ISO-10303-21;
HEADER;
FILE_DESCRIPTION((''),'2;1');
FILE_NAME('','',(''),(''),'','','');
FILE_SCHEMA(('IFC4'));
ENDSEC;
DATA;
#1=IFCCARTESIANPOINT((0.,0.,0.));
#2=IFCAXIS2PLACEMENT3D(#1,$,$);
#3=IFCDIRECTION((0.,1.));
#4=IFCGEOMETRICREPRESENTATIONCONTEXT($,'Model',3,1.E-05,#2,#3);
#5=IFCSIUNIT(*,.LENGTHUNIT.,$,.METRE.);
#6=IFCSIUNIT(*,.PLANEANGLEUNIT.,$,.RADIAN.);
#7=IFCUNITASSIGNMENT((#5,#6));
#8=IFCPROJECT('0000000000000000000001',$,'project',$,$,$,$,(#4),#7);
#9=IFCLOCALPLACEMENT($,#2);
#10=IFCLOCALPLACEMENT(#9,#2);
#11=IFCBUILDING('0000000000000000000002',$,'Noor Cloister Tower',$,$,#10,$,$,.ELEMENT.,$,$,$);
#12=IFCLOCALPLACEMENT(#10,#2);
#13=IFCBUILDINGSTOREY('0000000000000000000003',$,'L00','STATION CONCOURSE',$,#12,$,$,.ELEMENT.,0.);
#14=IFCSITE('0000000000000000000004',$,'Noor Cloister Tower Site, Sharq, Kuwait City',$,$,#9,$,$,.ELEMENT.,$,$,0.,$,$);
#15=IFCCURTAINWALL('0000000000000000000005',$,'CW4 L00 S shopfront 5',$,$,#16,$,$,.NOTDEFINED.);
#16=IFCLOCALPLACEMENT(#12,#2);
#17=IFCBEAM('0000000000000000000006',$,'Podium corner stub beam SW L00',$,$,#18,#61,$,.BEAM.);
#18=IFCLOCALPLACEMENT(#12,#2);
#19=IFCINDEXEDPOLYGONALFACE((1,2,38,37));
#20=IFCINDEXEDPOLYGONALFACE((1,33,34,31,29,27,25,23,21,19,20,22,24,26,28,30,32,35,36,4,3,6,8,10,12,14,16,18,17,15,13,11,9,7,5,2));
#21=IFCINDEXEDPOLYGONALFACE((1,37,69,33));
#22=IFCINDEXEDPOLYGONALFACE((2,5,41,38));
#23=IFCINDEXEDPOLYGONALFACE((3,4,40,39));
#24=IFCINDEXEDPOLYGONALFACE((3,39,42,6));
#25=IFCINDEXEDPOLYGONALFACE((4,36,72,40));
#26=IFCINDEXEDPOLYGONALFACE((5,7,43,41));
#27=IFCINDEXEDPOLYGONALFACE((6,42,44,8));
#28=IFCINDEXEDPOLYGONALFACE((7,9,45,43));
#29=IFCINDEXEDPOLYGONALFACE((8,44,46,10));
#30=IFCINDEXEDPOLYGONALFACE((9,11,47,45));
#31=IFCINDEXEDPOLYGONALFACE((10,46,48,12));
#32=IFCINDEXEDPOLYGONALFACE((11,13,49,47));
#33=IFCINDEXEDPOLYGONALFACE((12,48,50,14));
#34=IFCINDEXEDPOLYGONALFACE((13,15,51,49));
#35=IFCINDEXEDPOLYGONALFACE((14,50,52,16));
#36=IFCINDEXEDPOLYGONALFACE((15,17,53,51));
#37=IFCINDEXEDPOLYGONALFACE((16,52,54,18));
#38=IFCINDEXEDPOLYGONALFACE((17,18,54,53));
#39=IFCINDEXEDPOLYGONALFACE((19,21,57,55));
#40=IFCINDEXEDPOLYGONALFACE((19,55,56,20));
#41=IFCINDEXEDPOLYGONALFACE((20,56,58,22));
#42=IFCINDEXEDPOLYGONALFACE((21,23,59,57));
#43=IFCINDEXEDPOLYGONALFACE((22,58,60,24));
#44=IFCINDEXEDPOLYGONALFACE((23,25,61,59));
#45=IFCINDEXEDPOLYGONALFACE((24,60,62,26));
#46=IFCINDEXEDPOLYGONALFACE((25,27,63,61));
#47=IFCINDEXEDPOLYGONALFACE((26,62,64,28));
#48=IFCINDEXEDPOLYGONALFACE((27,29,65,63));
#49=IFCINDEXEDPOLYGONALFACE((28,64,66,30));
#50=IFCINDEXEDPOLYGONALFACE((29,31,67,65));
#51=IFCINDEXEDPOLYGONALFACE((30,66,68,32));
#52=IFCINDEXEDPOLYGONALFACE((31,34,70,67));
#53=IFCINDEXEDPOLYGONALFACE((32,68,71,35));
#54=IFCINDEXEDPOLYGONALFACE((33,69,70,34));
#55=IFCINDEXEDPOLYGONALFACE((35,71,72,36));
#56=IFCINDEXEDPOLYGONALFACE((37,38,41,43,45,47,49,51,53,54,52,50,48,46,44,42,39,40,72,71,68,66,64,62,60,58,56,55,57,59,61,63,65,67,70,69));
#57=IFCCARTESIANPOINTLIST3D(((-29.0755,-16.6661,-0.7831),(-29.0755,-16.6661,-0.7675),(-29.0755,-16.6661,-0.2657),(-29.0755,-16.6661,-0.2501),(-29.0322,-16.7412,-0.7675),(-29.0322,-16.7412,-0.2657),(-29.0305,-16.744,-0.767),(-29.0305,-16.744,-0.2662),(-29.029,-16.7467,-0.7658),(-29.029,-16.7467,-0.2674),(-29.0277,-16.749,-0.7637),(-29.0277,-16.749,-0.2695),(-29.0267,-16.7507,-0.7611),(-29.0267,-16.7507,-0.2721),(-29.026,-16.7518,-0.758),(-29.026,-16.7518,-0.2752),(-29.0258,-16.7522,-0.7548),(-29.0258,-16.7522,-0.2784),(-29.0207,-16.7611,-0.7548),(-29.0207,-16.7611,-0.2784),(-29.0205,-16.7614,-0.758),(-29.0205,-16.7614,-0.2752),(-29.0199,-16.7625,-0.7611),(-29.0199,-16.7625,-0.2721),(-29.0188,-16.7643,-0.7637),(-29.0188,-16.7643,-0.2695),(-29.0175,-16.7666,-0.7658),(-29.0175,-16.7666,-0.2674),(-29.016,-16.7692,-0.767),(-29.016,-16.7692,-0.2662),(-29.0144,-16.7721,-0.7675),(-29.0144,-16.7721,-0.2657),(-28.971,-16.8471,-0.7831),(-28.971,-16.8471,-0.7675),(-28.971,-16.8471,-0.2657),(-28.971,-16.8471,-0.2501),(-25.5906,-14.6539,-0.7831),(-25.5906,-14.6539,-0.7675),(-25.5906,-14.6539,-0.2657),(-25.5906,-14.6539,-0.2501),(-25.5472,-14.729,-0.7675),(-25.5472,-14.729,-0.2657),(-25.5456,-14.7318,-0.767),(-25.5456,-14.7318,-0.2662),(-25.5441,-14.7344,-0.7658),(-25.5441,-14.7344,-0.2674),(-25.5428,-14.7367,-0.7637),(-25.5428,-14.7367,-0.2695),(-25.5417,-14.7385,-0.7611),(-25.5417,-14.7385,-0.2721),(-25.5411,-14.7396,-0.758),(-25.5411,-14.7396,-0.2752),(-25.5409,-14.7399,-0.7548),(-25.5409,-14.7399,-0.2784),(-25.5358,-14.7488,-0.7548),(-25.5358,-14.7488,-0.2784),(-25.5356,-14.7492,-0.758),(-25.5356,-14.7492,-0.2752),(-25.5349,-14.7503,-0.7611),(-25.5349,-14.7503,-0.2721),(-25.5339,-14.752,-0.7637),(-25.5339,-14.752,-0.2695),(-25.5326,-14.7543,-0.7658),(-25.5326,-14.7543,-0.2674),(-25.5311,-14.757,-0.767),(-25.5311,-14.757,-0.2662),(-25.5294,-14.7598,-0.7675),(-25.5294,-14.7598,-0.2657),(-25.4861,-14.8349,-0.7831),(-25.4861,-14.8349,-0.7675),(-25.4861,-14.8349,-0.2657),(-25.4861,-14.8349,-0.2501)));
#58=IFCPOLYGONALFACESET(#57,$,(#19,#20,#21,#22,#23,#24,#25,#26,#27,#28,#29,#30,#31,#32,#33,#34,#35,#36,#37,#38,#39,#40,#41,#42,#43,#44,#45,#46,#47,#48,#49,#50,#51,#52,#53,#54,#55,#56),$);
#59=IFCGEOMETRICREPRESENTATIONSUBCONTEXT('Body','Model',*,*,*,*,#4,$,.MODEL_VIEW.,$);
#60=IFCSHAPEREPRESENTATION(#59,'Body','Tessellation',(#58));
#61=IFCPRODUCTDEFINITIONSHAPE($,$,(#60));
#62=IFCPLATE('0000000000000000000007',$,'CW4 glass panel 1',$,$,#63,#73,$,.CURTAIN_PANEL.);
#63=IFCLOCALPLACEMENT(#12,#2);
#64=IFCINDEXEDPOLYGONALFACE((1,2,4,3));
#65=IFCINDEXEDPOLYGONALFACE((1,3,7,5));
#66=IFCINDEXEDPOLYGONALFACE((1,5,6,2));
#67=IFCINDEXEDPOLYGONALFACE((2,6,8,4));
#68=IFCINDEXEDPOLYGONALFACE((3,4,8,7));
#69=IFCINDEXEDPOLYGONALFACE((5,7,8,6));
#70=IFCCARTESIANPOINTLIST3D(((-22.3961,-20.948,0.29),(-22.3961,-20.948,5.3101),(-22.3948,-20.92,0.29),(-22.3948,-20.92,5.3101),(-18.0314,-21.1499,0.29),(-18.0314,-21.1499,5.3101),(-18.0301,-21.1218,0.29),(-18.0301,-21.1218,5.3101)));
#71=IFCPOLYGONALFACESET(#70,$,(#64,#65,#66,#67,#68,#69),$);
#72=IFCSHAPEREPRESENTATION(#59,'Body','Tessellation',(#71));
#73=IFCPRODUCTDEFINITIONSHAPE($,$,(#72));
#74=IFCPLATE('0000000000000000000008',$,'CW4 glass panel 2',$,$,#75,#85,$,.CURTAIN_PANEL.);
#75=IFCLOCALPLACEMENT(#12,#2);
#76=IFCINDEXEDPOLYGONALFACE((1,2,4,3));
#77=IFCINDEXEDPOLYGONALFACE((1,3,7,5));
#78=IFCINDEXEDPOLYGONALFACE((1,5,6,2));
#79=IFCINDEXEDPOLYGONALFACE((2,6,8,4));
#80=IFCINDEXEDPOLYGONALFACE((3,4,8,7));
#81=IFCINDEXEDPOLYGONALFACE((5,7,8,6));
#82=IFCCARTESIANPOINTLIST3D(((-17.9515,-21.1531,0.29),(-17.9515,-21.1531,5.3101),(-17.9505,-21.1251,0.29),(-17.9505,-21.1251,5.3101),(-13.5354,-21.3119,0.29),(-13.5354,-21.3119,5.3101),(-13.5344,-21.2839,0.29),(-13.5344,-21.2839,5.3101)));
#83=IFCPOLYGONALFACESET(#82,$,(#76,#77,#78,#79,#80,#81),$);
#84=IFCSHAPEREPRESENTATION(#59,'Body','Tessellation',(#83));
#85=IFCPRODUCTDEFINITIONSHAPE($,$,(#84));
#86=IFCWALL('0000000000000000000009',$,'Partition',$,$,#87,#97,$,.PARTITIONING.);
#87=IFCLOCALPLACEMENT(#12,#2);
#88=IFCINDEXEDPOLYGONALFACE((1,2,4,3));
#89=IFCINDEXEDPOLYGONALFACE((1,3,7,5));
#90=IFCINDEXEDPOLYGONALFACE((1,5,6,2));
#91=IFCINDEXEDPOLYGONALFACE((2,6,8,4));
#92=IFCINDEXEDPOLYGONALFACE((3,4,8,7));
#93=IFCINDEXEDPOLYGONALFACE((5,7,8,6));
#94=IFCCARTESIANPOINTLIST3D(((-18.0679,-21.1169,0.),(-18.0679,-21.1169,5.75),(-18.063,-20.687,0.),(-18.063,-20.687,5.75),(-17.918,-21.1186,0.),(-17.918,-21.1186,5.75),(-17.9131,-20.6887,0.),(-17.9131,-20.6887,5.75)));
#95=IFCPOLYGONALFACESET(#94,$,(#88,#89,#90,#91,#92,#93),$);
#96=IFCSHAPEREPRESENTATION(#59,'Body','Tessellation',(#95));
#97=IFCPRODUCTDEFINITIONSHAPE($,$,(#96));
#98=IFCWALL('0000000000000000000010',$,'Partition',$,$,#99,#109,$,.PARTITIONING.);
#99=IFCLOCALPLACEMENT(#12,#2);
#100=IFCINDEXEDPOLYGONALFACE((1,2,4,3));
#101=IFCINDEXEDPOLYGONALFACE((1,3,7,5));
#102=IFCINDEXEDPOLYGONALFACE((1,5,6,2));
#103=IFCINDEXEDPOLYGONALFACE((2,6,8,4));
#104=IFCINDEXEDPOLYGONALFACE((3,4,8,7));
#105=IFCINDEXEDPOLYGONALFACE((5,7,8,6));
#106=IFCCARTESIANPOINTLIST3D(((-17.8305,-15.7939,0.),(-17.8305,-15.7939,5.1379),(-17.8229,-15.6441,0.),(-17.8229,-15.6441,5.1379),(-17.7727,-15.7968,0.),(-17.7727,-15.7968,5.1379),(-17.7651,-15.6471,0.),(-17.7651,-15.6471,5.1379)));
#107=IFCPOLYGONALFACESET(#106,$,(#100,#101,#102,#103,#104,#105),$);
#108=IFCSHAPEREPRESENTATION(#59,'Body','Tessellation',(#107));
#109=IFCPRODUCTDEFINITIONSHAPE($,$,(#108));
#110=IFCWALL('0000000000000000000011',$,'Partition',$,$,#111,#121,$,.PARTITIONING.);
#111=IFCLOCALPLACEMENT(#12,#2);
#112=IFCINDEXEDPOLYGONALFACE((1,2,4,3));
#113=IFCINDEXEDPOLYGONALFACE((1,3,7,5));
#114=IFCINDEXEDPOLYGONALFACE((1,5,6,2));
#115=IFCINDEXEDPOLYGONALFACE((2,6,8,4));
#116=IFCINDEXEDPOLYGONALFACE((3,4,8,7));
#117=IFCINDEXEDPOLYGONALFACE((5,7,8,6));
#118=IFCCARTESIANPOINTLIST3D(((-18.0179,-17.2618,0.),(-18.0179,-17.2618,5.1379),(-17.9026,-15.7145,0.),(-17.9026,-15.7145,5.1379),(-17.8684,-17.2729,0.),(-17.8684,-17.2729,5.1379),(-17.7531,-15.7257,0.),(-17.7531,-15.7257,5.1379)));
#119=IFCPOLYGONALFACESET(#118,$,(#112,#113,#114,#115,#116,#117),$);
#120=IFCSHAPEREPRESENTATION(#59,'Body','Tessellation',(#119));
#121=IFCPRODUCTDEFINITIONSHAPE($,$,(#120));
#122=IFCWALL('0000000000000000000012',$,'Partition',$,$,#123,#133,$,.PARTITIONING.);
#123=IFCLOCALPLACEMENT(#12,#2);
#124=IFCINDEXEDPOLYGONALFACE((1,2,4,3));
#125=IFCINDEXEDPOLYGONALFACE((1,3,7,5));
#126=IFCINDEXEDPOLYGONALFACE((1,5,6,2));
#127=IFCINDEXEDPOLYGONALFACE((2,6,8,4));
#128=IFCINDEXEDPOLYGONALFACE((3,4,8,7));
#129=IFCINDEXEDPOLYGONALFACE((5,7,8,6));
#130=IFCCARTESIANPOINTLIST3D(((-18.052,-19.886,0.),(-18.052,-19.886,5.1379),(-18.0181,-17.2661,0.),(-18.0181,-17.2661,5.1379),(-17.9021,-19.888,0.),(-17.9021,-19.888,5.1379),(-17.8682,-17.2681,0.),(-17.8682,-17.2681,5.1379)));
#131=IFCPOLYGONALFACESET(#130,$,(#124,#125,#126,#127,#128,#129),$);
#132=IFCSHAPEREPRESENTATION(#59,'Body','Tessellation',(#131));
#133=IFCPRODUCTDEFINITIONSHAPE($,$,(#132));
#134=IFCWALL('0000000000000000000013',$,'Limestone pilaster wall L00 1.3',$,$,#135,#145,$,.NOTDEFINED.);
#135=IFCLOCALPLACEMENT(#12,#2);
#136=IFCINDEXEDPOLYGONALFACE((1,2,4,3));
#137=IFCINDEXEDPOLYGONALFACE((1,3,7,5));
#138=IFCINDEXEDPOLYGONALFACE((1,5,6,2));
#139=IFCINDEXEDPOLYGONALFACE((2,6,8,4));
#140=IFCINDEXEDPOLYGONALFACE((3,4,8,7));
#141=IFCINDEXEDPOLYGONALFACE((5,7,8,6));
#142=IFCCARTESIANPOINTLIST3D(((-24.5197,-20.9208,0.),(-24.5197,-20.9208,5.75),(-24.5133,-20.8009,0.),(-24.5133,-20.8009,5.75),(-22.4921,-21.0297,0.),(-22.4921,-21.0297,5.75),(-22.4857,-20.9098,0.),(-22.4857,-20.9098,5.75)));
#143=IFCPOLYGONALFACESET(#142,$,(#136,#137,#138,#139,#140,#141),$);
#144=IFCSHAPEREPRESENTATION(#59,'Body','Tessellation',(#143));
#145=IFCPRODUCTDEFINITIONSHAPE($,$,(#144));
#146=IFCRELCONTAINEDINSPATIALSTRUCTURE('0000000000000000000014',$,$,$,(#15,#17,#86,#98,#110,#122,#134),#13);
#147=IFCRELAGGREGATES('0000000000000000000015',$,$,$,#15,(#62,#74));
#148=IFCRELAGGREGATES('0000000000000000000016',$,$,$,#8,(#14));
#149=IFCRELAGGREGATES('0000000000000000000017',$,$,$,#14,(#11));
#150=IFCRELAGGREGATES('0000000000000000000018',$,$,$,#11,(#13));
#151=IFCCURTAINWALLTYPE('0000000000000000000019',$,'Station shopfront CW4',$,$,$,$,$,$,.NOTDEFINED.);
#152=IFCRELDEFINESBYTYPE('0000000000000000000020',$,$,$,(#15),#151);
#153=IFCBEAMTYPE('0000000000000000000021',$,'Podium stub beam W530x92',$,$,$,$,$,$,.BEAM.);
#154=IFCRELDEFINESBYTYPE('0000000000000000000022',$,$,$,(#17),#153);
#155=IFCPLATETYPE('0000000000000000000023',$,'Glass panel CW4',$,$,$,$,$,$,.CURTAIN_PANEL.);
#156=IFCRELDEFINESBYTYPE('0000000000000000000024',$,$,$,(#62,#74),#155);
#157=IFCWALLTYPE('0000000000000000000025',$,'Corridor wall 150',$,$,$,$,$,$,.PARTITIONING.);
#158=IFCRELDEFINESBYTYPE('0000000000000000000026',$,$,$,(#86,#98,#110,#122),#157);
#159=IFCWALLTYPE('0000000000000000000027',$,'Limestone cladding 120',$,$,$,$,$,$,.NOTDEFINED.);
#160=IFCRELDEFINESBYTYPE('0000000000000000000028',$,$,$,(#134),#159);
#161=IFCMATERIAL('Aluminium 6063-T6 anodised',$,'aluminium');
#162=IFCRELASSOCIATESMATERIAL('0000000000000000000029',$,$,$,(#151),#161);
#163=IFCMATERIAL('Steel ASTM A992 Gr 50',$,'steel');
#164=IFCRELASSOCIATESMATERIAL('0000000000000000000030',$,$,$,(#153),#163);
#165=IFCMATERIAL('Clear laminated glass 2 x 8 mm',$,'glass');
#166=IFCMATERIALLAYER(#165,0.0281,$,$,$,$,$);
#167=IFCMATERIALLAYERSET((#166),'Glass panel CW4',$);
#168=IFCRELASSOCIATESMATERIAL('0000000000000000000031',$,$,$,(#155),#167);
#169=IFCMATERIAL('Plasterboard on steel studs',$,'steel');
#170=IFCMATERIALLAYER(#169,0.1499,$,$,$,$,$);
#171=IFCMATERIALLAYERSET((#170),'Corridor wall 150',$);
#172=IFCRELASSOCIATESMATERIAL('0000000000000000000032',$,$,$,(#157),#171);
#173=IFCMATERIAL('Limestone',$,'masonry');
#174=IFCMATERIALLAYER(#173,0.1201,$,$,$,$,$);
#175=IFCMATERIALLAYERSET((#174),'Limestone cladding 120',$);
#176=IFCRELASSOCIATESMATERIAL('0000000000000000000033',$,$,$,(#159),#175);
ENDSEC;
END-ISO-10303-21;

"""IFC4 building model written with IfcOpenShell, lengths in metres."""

from ifc_helpers import new_model, si_unit, direction, frame, frame_2d, origin, origin_2d, place, context, subcontext, project, spatial, rectangle, i_section, extrude, material, layer, layer_set, material_profile, profile_set, type_object, element, aggregate, save


model = new_model("IFC4")

# Units and contexts
model_context = context("Model", 3, precision=1e-05, world=origin(), true_north=direction((0.0, 1.0)))
body_context = subcontext(model_context, "Body", "Model", "MODEL_VIEW")
ifc_project = project(units=[si_unit("LENGTHUNIT", "METRE"), si_unit("PLANEANGLEUNIT", "RADIAN")], contexts=[model_context])

# Site, building, storey
site_placement = place(None, origin())
site = spatial("IfcSite", under=ifc_project, at=site_placement, Name="Noor Cloister Tower Site, Sharq, Kuwait City", CompositionType="ELEMENT", RefElevation=0.0)
building_placement = place(site_placement, origin())
building = spatial("IfcBuilding", under=site, at=building_placement, Name="Noor Cloister Tower", CompositionType="ELEMENT")
storey_placement = place(building_placement, origin())
storey = spatial("IfcBuildingStorey", under=building, at=storey_placement, Name="L00", Description="STATION CONCOURSE", CompositionType="ELEMENT", Elevation=0.0)

# Curtain wall
ifc_material_1 = material(Name="Aluminium 6063-T6 anodised", Category="aluminium")
curtain_wall_type = type_object("IfcCurtainWallType", Name="Station shopfront CW4", PredefinedType="NOTDEFINED", material=ifc_material_1)
curtain_wall_placement = place(storey_placement, origin())
curtain_wall = element("IfcCurtainWall", 1, at=curtain_wall_placement, inside=storey, type_object=curtain_wall_type, Name="CW4 L00 S shopfront 5", PredefinedType="NOTDEFINED")

# Beam
ifc_material_2 = material(Name="Steel ASTM A992 Gr 50", Category="steel")
ifc_material_profile_1 = material_profile(ifc_material_2, i_section(OverallWidth=0.209, OverallDepth=0.533, WebThickness=0.0103, FlangeThickness=0.0156, FilletRadius=0.0127, at=origin_2d()), Name="W530x92")
ifc_profile_set_1 = profile_set([ifc_material_profile_1], Name="Steel ASTM A992 Gr 50")
beam_type_1 = type_object("IfcBeamType", Name="Podium stub beam W530x92", PredefinedType="BEAM", material=ifc_profile_set_1)
beam_1_placement = place(storey_placement, frame((-25.5383, -14.7444, -0.5166), z_axis=(-0.866002, -0.500041, 0.0), x_axis=(0.500041, -0.866002, 0.0)))
element("IfcBeam", 2, at=beam_1_placement, inside=storey, type_object=beam_type_1, Name="Podium corner stub beam SW L00", PredefinedType="BEAM", context=body_context, shape_type="SweptSolid", body=[
    extrude(i_section(OverallWidth=0.209, OverallDepth=0.533, WebThickness=0.0103, FlangeThickness=0.0156, FilletRadius=0.0127, at=origin_2d()), origin(), (0.0, 0.0, 1.0), 4.0242),
])

# Plates
ifc_material_3 = material(Name="Clear laminated glass 2 x 8 mm", Category="glass")
ifc_layer_1 = layer(ifc_material_3, 0.0281)
ifc_layer_set_1 = layer_set([ifc_layer_1], Name="Glass panel CW4")
plate_type = type_object("IfcPlateType", Name="Glass panel CW4", PredefinedType="CURTAIN_PANEL", material=ifc_layer_set_1)
plate_1_placement = place(storey_placement, frame((-20.2131, -21.0349, 0.29), z_axis=(0.0, 0.0, 1.0), x_axis=(0.998932, -0.046195, 0.0)))
plate_1 = element("IfcPlate", 3, at=plate_1_placement, type_object=plate_type, Name="CW4 glass panel 1", PredefinedType="CURTAIN_PANEL", context=body_context, shape_type="SweptSolid", body=[
    extrude(rectangle(XDim=4.3694, YDim=0.0281, at=origin_2d()), origin(), (0.0, 0.0, 1.0), 5.02),
])
plate_2_placement = place(storey_placement, frame((-15.7429, -21.2185, 0.29), z_axis=(0.0, 0.0, 1.0), x_axis=(0.999354, -0.035935, 0.0)))
plate_2 = element("IfcPlate", 4, at=plate_2_placement, type_object=plate_type, Name="CW4 glass panel 2", PredefinedType="CURTAIN_PANEL", context=body_context, shape_type="SweptSolid", body=[
    extrude(rectangle(XDim=4.4189, YDim=0.0281, at=origin_2d()), origin(), (0.0, 0.0, 1.0), 5.02),
])
aggregate(curtain_wall, [plate_1, plate_2])

# Walls
ifc_material_4 = material(Name="Plasterboard on steel studs", Category="steel")
ifc_layer_2 = layer(ifc_material_4, 0.1499)
ifc_layer_set_2 = layer_set([ifc_layer_2], Name="Corridor wall 150")
wall_type_1 = type_object("IfcWallType", Name="Corridor wall 150", PredefinedType="PARTITIONING", material=ifc_layer_set_2)
wall_1_placement = place(storey_placement, frame((-17.988, -20.688, 0.0), z_axis=(0.0, 0.0, 1.0), x_axis=(-0.011356, -0.999936, 0.0)))
element("IfcWall", 5, at=wall_1_placement, inside=storey, type_object=wall_type_1, Name="Partition", PredefinedType="PARTITIONING", context=body_context, shape_type="SweptSolid", body=[
    extrude(rectangle(XDim=0.4299, YDim=0.1499, at=frame_2d((0.2148, 0.0))), origin(), (0.0, 0.0, 1.0), 5.75),
])
wall_2_placement = place(storey_placement, frame((-17.769, -15.7219, 0.0), z_axis=(0.0, 0.0, 1.0), x_axis=(-0.998721, 0.050568, 0.0)))
element("IfcWall", 6, at=wall_2_placement, inside=storey, type_object=wall_type_1, Name="Partition", PredefinedType="PARTITIONING", context=body_context, shape_type="SweptSolid", body=[
    extrude(rectangle(XDim=0.0579, YDim=0.1499, at=frame_2d((0.0288, 0.0))), origin(), (0.0, 0.0, 1.0), 5.1379),
])
wall_3_placement = place(storey_placement, frame((-17.8279, -15.72, 0.0), z_axis=(0.0, 0.0, 1.0), x_axis=(-0.074277, -0.997238, 0.0)))
element("IfcWall", 7, at=wall_3_placement, inside=storey, type_object=wall_type_1, Name="Partition", PredefinedType="PARTITIONING", context=body_context, shape_type="SweptSolid", body=[
    extrude(rectangle(XDim=1.5515, YDim=0.1499, at=frame_2d((0.7759, 0.0))), origin(), (0.0, 0.0, 1.0), 5.1379),
])
wall_4_placement = place(storey_placement, frame((-17.9431, -17.2671, 0.0), z_axis=(0.0, 0.0, 1.0), x_axis=(-0.012952, -0.999916, 0.0)))
element("IfcWall", 8, at=wall_4_placement, inside=storey, type_object=wall_type_1, Name="Partition", PredefinedType="PARTITIONING", context=body_context, shape_type="SweptSolid", body=[
    extrude(rectangle(XDim=2.6201, YDim=0.1499, at=frame_2d((1.3101, 0.0))), origin(), (0.0, 0.0, 1.0), 5.1379),
])
ifc_material_5 = material(Name="Limestone", Category="masonry")
ifc_layer_3 = layer(ifc_material_5, 0.1201)
ifc_layer_set_3 = layer_set([ifc_layer_3], Name="Limestone cladding 120")
wall_type_2 = type_object("IfcWallType", Name="Limestone cladding 120", PredefinedType="NOTDEFINED", material=ifc_layer_set_3)
wall_5_placement = place(storey_placement, frame((-22.489, -20.9697, 0.0), z_axis=(0.0, 0.0, 1.0), x_axis=(-0.998561, 0.053625, 0.0)))
element("IfcWall", 9, at=wall_5_placement, inside=storey, type_object=wall_type_2, Name="Limestone pilaster wall L00 1.3", PredefinedType="NOTDEFINED", context=body_context, shape_type="SweptSolid", body=[
    extrude(rectangle(XDim=2.0305, YDim=0.1201, at=frame_2d((1.0151, 0.0))), origin(), (0.0, 0.0, 1.0), 5.75),
])

save(model, "model.ifc")
